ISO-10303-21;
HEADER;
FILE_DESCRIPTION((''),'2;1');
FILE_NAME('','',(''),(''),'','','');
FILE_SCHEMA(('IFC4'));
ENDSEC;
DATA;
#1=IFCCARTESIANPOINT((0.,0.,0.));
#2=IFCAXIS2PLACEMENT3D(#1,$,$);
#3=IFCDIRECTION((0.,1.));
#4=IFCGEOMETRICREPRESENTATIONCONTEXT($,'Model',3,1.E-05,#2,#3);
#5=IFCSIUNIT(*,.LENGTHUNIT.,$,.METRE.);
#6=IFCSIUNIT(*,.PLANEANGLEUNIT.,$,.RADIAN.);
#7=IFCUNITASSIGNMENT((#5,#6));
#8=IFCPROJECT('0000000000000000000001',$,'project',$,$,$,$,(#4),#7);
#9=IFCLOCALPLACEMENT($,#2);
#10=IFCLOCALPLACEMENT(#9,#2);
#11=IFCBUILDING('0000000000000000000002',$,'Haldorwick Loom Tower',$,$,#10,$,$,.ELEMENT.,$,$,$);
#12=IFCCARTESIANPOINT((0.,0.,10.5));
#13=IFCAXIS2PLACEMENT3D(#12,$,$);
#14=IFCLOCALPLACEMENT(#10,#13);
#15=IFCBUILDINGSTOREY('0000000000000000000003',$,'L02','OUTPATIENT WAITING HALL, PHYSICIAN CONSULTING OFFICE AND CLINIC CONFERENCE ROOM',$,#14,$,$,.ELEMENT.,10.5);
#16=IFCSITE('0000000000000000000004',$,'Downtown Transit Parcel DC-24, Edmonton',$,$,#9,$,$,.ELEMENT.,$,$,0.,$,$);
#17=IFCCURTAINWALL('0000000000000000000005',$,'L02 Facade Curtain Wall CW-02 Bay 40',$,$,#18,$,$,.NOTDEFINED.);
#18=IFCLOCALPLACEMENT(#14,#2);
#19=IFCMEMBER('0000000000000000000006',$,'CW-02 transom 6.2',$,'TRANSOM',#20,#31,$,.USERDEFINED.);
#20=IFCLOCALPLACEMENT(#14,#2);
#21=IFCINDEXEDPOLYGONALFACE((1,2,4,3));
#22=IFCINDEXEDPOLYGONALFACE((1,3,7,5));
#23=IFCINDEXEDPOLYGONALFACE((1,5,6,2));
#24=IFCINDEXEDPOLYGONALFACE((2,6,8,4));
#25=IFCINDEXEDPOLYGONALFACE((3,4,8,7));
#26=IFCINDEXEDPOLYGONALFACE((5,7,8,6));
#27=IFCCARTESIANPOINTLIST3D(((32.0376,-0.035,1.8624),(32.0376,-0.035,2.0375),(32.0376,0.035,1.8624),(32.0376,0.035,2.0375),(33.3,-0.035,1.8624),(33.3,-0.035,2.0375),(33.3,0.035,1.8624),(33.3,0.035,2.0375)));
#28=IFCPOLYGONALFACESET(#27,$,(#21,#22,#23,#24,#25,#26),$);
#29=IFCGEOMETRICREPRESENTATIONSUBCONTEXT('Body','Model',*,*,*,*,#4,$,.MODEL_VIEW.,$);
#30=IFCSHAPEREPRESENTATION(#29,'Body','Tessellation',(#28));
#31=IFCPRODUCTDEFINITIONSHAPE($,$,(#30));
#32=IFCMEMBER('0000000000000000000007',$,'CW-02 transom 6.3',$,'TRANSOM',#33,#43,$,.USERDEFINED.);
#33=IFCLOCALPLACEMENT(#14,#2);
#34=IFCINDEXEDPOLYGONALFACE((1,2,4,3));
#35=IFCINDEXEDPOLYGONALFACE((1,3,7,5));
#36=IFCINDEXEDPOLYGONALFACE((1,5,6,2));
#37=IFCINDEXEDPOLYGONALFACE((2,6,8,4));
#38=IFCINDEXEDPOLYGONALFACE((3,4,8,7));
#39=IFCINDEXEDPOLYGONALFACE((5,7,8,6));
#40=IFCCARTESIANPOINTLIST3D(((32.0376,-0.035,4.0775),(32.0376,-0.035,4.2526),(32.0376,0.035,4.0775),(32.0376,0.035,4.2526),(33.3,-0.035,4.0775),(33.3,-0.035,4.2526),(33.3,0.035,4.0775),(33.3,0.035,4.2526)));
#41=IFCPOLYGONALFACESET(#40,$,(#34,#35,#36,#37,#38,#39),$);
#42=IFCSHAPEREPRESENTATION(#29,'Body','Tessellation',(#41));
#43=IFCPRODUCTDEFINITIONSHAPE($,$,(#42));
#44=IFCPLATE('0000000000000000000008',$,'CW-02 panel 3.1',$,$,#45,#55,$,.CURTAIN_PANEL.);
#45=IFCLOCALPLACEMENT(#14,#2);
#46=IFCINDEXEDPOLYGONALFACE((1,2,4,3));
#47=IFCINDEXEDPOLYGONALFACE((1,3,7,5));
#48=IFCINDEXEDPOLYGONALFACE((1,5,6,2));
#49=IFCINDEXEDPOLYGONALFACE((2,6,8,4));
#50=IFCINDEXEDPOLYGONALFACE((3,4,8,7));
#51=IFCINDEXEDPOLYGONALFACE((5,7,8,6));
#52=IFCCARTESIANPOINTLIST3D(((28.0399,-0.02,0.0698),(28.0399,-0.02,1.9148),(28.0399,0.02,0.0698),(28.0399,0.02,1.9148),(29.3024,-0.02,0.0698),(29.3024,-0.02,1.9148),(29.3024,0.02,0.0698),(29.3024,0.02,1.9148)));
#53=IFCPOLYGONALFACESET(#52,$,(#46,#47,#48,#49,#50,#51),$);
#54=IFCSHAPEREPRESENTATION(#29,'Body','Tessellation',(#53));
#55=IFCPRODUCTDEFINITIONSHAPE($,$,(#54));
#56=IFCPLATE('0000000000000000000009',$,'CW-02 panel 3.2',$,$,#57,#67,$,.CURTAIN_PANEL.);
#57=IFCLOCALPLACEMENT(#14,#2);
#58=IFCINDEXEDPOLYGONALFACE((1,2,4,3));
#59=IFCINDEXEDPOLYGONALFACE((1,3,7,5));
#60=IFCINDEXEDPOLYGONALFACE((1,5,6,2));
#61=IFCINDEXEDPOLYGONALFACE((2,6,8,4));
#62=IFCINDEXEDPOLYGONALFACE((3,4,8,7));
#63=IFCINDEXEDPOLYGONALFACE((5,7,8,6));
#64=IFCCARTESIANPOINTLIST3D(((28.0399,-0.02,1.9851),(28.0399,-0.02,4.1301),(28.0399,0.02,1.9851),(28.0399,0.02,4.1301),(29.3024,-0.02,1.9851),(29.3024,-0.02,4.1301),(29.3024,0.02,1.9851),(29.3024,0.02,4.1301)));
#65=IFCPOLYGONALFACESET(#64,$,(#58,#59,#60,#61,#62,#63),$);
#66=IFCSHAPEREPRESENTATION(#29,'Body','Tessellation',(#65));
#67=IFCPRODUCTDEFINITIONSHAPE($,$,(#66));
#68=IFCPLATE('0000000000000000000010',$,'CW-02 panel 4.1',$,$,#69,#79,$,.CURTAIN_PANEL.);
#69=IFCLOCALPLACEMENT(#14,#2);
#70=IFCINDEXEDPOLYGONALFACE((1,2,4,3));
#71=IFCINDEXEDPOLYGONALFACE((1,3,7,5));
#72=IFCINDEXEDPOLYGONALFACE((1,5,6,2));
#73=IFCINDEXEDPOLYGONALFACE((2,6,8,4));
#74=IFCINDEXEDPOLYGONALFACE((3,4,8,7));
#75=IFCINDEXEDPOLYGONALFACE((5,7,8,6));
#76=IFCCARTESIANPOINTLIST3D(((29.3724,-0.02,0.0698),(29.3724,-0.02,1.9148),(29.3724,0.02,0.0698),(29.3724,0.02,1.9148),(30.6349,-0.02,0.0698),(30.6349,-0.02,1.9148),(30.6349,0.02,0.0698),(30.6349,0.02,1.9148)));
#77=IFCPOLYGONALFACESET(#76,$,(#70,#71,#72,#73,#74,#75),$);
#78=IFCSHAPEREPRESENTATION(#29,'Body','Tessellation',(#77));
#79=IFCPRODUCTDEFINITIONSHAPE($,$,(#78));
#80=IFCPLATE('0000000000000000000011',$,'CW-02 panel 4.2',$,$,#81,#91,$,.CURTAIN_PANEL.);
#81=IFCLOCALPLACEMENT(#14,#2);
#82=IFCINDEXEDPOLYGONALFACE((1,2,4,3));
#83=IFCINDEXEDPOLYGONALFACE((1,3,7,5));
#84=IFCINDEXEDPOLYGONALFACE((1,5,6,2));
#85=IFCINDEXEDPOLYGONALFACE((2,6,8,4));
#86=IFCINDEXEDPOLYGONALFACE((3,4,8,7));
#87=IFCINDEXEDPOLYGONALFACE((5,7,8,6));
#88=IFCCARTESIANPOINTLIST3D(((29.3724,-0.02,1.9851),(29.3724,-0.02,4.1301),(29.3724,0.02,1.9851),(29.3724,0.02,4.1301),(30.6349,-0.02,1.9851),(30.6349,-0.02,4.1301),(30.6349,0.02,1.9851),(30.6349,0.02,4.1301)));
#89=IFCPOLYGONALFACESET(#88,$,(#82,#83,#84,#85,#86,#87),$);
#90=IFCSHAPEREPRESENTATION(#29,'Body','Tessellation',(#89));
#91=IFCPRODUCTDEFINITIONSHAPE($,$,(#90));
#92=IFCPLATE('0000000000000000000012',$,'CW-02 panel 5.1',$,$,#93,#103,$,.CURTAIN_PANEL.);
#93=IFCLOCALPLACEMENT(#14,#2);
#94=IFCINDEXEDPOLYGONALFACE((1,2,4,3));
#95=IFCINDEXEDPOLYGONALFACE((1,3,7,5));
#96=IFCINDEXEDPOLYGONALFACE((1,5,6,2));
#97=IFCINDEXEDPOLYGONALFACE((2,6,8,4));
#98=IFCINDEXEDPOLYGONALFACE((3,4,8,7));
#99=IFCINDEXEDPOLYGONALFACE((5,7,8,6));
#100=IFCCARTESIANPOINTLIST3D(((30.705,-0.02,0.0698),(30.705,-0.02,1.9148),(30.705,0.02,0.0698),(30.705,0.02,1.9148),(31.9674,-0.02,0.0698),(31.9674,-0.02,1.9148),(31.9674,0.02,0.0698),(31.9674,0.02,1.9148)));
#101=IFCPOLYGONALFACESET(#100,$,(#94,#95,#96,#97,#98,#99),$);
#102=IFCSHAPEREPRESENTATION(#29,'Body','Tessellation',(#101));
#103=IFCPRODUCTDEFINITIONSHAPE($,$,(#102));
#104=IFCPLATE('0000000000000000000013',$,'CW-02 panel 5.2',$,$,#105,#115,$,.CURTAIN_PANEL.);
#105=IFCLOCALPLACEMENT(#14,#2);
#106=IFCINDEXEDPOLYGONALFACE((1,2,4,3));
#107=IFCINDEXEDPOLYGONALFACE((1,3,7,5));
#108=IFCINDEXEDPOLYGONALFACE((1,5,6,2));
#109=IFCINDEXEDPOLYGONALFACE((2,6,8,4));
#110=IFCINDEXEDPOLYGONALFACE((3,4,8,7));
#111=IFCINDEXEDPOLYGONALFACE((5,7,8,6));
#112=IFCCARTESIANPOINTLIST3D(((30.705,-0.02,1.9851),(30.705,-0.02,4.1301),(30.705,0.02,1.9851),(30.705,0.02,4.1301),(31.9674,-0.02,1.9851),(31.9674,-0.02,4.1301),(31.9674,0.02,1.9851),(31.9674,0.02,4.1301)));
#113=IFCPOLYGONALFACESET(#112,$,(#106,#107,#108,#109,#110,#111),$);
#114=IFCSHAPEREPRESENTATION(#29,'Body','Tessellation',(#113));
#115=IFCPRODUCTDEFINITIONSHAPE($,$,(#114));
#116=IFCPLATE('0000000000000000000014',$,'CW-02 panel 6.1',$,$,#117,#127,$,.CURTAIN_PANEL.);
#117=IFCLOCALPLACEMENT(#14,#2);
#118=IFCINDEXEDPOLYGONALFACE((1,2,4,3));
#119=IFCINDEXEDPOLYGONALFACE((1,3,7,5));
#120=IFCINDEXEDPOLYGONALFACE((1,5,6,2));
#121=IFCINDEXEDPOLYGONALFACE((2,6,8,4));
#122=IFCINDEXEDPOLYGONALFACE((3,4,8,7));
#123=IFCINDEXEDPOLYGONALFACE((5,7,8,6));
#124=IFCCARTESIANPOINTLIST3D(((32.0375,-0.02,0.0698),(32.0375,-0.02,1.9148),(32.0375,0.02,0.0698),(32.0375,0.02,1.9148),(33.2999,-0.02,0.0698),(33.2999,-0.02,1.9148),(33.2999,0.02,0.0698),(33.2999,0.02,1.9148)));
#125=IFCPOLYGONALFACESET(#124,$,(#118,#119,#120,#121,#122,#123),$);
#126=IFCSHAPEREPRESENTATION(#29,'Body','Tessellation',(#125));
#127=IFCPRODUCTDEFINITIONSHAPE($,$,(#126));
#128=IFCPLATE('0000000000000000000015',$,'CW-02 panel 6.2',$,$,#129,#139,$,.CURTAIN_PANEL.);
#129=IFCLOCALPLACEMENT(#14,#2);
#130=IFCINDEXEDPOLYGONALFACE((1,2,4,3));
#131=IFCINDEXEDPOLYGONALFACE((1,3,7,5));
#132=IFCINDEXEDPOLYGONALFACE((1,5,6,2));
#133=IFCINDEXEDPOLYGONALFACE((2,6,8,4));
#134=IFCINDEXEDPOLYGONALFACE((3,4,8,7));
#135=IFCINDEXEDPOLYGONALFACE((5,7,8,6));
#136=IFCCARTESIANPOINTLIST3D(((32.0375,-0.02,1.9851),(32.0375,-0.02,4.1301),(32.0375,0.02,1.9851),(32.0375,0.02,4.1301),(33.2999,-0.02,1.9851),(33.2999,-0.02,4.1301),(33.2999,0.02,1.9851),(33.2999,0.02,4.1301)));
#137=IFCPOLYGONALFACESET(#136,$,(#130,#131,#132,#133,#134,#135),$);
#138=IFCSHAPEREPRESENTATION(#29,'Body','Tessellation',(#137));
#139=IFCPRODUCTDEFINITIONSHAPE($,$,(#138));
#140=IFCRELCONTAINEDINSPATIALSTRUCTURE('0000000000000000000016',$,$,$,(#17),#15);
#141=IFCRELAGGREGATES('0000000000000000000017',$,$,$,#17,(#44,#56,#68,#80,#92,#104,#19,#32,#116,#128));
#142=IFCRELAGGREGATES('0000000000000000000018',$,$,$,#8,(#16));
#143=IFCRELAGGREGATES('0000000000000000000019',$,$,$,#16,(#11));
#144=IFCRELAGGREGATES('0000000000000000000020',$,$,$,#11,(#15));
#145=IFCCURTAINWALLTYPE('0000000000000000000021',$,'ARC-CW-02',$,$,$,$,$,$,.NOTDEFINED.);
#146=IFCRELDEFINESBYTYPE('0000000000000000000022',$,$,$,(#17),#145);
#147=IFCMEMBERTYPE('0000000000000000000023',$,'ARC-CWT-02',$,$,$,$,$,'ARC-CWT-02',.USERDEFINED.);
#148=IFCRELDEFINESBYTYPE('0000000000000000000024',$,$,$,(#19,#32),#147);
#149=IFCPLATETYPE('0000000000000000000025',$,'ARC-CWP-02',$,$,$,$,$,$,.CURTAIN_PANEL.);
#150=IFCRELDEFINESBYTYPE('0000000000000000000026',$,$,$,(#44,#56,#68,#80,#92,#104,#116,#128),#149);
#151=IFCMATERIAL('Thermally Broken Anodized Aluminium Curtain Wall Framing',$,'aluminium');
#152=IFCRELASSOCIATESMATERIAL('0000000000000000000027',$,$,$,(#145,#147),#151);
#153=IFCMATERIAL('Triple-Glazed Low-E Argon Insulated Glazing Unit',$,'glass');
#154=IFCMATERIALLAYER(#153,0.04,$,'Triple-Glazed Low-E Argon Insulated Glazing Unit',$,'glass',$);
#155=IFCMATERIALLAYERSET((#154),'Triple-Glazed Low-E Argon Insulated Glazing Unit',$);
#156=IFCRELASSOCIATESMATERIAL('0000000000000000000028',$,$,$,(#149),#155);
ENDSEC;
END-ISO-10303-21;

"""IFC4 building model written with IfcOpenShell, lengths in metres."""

from ifc_helpers import new_model, si_unit, direction, frame, origin, origin_2d, place, context, subcontext, project, spatial, rectangle, extrude, material, layer, layer_set, material_profile, profile_set, type_object, element, aggregate, save


model = new_model("IFC4")

# Units and contexts
model_context = context("Model", 3, precision=1e-05, world=origin(), true_north=direction((0.0, 1.0)))
body_context = subcontext(model_context, "Body", "Model", "MODEL_VIEW")
ifc_project = project(units=[si_unit("LENGTHUNIT", "METRE"), si_unit("PLANEANGLEUNIT", "RADIAN")], contexts=[model_context])

# Site, building, storey
site_placement = place(None, origin())
site = spatial("IfcSite", under=ifc_project, at=site_placement, Name="Downtown Transit Parcel DC-24, Edmonton", CompositionType="ELEMENT", RefElevation=0.0)
building_placement = place(site_placement, origin())
building = spatial("IfcBuilding", under=site, at=building_placement, Name="Haldorwick Loom Tower", CompositionType="ELEMENT")
storey_placement = place(building_placement, frame((0.0, 0.0, 10.5)))
storey = spatial("IfcBuildingStorey", under=building, at=storey_placement, Name="L02", Description="OUTPATIENT WAITING HALL, PHYSICIAN CONSULTING OFFICE AND CLINIC CONFERENCE ROOM", CompositionType="ELEMENT", Elevation=10.5)

# Curtain wall, members, plates
ifc_material_1 = material(Name="Thermally Broken Anodized Aluminium Curtain Wall Framing", Category="aluminium")
curtain_wall_type = type_object("IfcCurtainWallType", Name="ARC-CW-02", PredefinedType="NOTDEFINED", material=ifc_material_1)
curtain_wall_placement = place(storey_placement, origin())
curtain_wall = element("IfcCurtainWall", 1, at=curtain_wall_placement, inside=storey, type_object=curtain_wall_type, Name="L02 Facade Curtain Wall CW-02 Bay 40", PredefinedType="NOTDEFINED")
ifc_material_profile_1 = material_profile(ifc_material_1, rectangle(XDim=0.0701, YDim=0.175, at=origin_2d()), Name="ALU_TRN_70X175", Category="aluminium")
ifc_profile_set_1 = profile_set([ifc_material_profile_1], Name="Thermally Broken Anodized Aluminium Curtain Wall Framing")
member_type_1 = type_object("IfcMemberType", Name="ARC-CWT-02", ElementType="ARC-CWT-02", PredefinedType="USERDEFINED", material=ifc_profile_set_1)
member_1_placement = place(storey_placement, frame((32.0376, 0.0, 1.95), z_axis=(1.0, 0.0, 0.0), x_axis=(0.0, 1.0, 0.0)))
member_1 = element("IfcMember", 2, at=member_1_placement, type_object=member_type_1, Name="CW-02 transom 6.2", ObjectType="TRANSOM", PredefinedType="USERDEFINED", context=body_context, shape_type="SweptSolid", body=[
    extrude(rectangle(XDim=0.0701, YDim=0.175, at=origin_2d()), origin(), (0.0, 0.0, 1.0), 1.2625),
])
member_2_placement = place(storey_placement, frame((32.0376, 0.0, 4.165), z_axis=(1.0, 0.0, 0.0), x_axis=(0.0, 1.0, 0.0)))
member_2 = element("IfcMember", 3, at=member_2_placement, type_object=member_type_1, Name="CW-02 transom 6.3", ObjectType="TRANSOM", PredefinedType="USERDEFINED", context=body_context, shape_type="SweptSolid", body=[
    extrude(rectangle(XDim=0.0701, YDim=0.175, at=origin_2d()), origin(), (0.0, 0.0, 1.0), 1.2625),
])
ifc_material_2 = material(Name="Triple-Glazed Low-E Argon Insulated Glazing Unit", Category="glass")
ifc_layer = layer(ifc_material_2, 0.04, Name="Triple-Glazed Low-E Argon Insulated Glazing Unit", Category="glass")
ifc_layer_set = layer_set([ifc_layer], Name="Triple-Glazed Low-E Argon Insulated Glazing Unit")
plate_type = type_object("IfcPlateType", Name="ARC-CWP-02", PredefinedType="CURTAIN_PANEL", material=ifc_layer_set)
plate_1_placement = place(storey_placement, frame((28.6711, 0.0, 0.0698), z_axis=(0.0, 0.0, 1.0), x_axis=(1.0, 0.0, 0.0)))
plate_1 = element("IfcPlate", 4, at=plate_1_placement, type_object=plate_type, Name="CW-02 panel 3.1", PredefinedType="CURTAIN_PANEL", context=body_context, shape_type="SweptSolid", body=[
    extrude(rectangle(XDim=1.2625, YDim=0.04, at=origin_2d()), origin(), (0.0, 0.0, 1.0), 1.845),
])
plate_2_placement = place(storey_placement, frame((28.6711, 0.0, 1.9851), z_axis=(0.0, 0.0, 1.0), x_axis=(1.0, 0.0, 0.0)))
plate_2 = element("IfcPlate", 5, at=plate_2_placement, type_object=plate_type, Name="CW-02 panel 3.2", PredefinedType="CURTAIN_PANEL", context=body_context, shape_type="SweptSolid", body=[
    extrude(rectangle(XDim=1.2625, YDim=0.04, at=origin_2d()), origin(), (0.0, 0.0, 1.0), 2.145),
])
plate_3_placement = place(storey_placement, frame((30.0037, 0.0, 0.0698), z_axis=(0.0, 0.0, 1.0), x_axis=(1.0, 0.0, 0.0)))
plate_3 = element("IfcPlate", 6, at=plate_3_placement, type_object=plate_type, Name="CW-02 panel 4.1", PredefinedType="CURTAIN_PANEL", context=body_context, shape_type="SweptSolid", body=[
    extrude(rectangle(XDim=1.2625, YDim=0.04, at=origin_2d()), origin(), (0.0, 0.0, 1.0), 1.845),
])
plate_4_placement = place(storey_placement, frame((30.0037, 0.0, 1.9851), z_axis=(0.0, 0.0, 1.0), x_axis=(1.0, 0.0, 0.0)))
plate_4 = element("IfcPlate", 7, at=plate_4_placement, type_object=plate_type, Name="CW-02 panel 4.2", PredefinedType="CURTAIN_PANEL", context=body_context, shape_type="SweptSolid", body=[
    extrude(rectangle(XDim=1.2625, YDim=0.04, at=origin_2d()), origin(), (0.0, 0.0, 1.0), 2.145),
])
plate_5_placement = place(storey_placement, frame((31.3362, 0.0, 0.0698), z_axis=(0.0, 0.0, 1.0), x_axis=(1.0, 0.0, 0.0)))
plate_5 = element("IfcPlate", 8, at=plate_5_placement, type_object=plate_type, Name="CW-02 panel 5.1", PredefinedType="CURTAIN_PANEL", context=body_context, shape_type="SweptSolid", body=[
    extrude(rectangle(XDim=1.2625, YDim=0.04, at=origin_2d()), origin(), (0.0, 0.0, 1.0), 1.845),
])
plate_6_placement = place(storey_placement, frame((31.3362, 0.0, 1.9851), z_axis=(0.0, 0.0, 1.0), x_axis=(1.0, 0.0, 0.0)))
plate_6 = element("IfcPlate", 9, at=plate_6_placement, type_object=plate_type, Name="CW-02 panel 5.2", PredefinedType="CURTAIN_PANEL", context=body_context, shape_type="SweptSolid", body=[
    extrude(rectangle(XDim=1.2625, YDim=0.04, at=origin_2d()), origin(), (0.0, 0.0, 1.0), 2.145),
])
plate_7_placement = place(storey_placement, frame((32.6687, 0.0, 0.0698), z_axis=(0.0, 0.0, 1.0), x_axis=(1.0, 0.0, 0.0)))
plate_7 = element("IfcPlate", 10, at=plate_7_placement, type_object=plate_type, Name="CW-02 panel 6.1", PredefinedType="CURTAIN_PANEL", context=body_context, shape_type="SweptSolid", body=[
    extrude(rectangle(XDim=1.2625, YDim=0.04, at=origin_2d()), origin(), (0.0, 0.0, 1.0), 1.845),
])
plate_8_placement = place(storey_placement, frame((32.6687, 0.0, 1.9851), z_axis=(0.0, 0.0, 1.0), x_axis=(1.0, 0.0, 0.0)))
plate_8 = element("IfcPlate", 11, at=plate_8_placement, type_object=plate_type, Name="CW-02 panel 6.2", PredefinedType="CURTAIN_PANEL", context=body_context, shape_type="SweptSolid", body=[
    extrude(rectangle(XDim=1.2625, YDim=0.04, at=origin_2d()), origin(), (0.0, 0.0, 1.0), 2.145),
])
aggregate(curtain_wall, [plate_1, plate_2, plate_3, plate_4, plate_5, plate_6, member_1, member_2, plate_7, plate_8])

save(model, "model.ifc")
